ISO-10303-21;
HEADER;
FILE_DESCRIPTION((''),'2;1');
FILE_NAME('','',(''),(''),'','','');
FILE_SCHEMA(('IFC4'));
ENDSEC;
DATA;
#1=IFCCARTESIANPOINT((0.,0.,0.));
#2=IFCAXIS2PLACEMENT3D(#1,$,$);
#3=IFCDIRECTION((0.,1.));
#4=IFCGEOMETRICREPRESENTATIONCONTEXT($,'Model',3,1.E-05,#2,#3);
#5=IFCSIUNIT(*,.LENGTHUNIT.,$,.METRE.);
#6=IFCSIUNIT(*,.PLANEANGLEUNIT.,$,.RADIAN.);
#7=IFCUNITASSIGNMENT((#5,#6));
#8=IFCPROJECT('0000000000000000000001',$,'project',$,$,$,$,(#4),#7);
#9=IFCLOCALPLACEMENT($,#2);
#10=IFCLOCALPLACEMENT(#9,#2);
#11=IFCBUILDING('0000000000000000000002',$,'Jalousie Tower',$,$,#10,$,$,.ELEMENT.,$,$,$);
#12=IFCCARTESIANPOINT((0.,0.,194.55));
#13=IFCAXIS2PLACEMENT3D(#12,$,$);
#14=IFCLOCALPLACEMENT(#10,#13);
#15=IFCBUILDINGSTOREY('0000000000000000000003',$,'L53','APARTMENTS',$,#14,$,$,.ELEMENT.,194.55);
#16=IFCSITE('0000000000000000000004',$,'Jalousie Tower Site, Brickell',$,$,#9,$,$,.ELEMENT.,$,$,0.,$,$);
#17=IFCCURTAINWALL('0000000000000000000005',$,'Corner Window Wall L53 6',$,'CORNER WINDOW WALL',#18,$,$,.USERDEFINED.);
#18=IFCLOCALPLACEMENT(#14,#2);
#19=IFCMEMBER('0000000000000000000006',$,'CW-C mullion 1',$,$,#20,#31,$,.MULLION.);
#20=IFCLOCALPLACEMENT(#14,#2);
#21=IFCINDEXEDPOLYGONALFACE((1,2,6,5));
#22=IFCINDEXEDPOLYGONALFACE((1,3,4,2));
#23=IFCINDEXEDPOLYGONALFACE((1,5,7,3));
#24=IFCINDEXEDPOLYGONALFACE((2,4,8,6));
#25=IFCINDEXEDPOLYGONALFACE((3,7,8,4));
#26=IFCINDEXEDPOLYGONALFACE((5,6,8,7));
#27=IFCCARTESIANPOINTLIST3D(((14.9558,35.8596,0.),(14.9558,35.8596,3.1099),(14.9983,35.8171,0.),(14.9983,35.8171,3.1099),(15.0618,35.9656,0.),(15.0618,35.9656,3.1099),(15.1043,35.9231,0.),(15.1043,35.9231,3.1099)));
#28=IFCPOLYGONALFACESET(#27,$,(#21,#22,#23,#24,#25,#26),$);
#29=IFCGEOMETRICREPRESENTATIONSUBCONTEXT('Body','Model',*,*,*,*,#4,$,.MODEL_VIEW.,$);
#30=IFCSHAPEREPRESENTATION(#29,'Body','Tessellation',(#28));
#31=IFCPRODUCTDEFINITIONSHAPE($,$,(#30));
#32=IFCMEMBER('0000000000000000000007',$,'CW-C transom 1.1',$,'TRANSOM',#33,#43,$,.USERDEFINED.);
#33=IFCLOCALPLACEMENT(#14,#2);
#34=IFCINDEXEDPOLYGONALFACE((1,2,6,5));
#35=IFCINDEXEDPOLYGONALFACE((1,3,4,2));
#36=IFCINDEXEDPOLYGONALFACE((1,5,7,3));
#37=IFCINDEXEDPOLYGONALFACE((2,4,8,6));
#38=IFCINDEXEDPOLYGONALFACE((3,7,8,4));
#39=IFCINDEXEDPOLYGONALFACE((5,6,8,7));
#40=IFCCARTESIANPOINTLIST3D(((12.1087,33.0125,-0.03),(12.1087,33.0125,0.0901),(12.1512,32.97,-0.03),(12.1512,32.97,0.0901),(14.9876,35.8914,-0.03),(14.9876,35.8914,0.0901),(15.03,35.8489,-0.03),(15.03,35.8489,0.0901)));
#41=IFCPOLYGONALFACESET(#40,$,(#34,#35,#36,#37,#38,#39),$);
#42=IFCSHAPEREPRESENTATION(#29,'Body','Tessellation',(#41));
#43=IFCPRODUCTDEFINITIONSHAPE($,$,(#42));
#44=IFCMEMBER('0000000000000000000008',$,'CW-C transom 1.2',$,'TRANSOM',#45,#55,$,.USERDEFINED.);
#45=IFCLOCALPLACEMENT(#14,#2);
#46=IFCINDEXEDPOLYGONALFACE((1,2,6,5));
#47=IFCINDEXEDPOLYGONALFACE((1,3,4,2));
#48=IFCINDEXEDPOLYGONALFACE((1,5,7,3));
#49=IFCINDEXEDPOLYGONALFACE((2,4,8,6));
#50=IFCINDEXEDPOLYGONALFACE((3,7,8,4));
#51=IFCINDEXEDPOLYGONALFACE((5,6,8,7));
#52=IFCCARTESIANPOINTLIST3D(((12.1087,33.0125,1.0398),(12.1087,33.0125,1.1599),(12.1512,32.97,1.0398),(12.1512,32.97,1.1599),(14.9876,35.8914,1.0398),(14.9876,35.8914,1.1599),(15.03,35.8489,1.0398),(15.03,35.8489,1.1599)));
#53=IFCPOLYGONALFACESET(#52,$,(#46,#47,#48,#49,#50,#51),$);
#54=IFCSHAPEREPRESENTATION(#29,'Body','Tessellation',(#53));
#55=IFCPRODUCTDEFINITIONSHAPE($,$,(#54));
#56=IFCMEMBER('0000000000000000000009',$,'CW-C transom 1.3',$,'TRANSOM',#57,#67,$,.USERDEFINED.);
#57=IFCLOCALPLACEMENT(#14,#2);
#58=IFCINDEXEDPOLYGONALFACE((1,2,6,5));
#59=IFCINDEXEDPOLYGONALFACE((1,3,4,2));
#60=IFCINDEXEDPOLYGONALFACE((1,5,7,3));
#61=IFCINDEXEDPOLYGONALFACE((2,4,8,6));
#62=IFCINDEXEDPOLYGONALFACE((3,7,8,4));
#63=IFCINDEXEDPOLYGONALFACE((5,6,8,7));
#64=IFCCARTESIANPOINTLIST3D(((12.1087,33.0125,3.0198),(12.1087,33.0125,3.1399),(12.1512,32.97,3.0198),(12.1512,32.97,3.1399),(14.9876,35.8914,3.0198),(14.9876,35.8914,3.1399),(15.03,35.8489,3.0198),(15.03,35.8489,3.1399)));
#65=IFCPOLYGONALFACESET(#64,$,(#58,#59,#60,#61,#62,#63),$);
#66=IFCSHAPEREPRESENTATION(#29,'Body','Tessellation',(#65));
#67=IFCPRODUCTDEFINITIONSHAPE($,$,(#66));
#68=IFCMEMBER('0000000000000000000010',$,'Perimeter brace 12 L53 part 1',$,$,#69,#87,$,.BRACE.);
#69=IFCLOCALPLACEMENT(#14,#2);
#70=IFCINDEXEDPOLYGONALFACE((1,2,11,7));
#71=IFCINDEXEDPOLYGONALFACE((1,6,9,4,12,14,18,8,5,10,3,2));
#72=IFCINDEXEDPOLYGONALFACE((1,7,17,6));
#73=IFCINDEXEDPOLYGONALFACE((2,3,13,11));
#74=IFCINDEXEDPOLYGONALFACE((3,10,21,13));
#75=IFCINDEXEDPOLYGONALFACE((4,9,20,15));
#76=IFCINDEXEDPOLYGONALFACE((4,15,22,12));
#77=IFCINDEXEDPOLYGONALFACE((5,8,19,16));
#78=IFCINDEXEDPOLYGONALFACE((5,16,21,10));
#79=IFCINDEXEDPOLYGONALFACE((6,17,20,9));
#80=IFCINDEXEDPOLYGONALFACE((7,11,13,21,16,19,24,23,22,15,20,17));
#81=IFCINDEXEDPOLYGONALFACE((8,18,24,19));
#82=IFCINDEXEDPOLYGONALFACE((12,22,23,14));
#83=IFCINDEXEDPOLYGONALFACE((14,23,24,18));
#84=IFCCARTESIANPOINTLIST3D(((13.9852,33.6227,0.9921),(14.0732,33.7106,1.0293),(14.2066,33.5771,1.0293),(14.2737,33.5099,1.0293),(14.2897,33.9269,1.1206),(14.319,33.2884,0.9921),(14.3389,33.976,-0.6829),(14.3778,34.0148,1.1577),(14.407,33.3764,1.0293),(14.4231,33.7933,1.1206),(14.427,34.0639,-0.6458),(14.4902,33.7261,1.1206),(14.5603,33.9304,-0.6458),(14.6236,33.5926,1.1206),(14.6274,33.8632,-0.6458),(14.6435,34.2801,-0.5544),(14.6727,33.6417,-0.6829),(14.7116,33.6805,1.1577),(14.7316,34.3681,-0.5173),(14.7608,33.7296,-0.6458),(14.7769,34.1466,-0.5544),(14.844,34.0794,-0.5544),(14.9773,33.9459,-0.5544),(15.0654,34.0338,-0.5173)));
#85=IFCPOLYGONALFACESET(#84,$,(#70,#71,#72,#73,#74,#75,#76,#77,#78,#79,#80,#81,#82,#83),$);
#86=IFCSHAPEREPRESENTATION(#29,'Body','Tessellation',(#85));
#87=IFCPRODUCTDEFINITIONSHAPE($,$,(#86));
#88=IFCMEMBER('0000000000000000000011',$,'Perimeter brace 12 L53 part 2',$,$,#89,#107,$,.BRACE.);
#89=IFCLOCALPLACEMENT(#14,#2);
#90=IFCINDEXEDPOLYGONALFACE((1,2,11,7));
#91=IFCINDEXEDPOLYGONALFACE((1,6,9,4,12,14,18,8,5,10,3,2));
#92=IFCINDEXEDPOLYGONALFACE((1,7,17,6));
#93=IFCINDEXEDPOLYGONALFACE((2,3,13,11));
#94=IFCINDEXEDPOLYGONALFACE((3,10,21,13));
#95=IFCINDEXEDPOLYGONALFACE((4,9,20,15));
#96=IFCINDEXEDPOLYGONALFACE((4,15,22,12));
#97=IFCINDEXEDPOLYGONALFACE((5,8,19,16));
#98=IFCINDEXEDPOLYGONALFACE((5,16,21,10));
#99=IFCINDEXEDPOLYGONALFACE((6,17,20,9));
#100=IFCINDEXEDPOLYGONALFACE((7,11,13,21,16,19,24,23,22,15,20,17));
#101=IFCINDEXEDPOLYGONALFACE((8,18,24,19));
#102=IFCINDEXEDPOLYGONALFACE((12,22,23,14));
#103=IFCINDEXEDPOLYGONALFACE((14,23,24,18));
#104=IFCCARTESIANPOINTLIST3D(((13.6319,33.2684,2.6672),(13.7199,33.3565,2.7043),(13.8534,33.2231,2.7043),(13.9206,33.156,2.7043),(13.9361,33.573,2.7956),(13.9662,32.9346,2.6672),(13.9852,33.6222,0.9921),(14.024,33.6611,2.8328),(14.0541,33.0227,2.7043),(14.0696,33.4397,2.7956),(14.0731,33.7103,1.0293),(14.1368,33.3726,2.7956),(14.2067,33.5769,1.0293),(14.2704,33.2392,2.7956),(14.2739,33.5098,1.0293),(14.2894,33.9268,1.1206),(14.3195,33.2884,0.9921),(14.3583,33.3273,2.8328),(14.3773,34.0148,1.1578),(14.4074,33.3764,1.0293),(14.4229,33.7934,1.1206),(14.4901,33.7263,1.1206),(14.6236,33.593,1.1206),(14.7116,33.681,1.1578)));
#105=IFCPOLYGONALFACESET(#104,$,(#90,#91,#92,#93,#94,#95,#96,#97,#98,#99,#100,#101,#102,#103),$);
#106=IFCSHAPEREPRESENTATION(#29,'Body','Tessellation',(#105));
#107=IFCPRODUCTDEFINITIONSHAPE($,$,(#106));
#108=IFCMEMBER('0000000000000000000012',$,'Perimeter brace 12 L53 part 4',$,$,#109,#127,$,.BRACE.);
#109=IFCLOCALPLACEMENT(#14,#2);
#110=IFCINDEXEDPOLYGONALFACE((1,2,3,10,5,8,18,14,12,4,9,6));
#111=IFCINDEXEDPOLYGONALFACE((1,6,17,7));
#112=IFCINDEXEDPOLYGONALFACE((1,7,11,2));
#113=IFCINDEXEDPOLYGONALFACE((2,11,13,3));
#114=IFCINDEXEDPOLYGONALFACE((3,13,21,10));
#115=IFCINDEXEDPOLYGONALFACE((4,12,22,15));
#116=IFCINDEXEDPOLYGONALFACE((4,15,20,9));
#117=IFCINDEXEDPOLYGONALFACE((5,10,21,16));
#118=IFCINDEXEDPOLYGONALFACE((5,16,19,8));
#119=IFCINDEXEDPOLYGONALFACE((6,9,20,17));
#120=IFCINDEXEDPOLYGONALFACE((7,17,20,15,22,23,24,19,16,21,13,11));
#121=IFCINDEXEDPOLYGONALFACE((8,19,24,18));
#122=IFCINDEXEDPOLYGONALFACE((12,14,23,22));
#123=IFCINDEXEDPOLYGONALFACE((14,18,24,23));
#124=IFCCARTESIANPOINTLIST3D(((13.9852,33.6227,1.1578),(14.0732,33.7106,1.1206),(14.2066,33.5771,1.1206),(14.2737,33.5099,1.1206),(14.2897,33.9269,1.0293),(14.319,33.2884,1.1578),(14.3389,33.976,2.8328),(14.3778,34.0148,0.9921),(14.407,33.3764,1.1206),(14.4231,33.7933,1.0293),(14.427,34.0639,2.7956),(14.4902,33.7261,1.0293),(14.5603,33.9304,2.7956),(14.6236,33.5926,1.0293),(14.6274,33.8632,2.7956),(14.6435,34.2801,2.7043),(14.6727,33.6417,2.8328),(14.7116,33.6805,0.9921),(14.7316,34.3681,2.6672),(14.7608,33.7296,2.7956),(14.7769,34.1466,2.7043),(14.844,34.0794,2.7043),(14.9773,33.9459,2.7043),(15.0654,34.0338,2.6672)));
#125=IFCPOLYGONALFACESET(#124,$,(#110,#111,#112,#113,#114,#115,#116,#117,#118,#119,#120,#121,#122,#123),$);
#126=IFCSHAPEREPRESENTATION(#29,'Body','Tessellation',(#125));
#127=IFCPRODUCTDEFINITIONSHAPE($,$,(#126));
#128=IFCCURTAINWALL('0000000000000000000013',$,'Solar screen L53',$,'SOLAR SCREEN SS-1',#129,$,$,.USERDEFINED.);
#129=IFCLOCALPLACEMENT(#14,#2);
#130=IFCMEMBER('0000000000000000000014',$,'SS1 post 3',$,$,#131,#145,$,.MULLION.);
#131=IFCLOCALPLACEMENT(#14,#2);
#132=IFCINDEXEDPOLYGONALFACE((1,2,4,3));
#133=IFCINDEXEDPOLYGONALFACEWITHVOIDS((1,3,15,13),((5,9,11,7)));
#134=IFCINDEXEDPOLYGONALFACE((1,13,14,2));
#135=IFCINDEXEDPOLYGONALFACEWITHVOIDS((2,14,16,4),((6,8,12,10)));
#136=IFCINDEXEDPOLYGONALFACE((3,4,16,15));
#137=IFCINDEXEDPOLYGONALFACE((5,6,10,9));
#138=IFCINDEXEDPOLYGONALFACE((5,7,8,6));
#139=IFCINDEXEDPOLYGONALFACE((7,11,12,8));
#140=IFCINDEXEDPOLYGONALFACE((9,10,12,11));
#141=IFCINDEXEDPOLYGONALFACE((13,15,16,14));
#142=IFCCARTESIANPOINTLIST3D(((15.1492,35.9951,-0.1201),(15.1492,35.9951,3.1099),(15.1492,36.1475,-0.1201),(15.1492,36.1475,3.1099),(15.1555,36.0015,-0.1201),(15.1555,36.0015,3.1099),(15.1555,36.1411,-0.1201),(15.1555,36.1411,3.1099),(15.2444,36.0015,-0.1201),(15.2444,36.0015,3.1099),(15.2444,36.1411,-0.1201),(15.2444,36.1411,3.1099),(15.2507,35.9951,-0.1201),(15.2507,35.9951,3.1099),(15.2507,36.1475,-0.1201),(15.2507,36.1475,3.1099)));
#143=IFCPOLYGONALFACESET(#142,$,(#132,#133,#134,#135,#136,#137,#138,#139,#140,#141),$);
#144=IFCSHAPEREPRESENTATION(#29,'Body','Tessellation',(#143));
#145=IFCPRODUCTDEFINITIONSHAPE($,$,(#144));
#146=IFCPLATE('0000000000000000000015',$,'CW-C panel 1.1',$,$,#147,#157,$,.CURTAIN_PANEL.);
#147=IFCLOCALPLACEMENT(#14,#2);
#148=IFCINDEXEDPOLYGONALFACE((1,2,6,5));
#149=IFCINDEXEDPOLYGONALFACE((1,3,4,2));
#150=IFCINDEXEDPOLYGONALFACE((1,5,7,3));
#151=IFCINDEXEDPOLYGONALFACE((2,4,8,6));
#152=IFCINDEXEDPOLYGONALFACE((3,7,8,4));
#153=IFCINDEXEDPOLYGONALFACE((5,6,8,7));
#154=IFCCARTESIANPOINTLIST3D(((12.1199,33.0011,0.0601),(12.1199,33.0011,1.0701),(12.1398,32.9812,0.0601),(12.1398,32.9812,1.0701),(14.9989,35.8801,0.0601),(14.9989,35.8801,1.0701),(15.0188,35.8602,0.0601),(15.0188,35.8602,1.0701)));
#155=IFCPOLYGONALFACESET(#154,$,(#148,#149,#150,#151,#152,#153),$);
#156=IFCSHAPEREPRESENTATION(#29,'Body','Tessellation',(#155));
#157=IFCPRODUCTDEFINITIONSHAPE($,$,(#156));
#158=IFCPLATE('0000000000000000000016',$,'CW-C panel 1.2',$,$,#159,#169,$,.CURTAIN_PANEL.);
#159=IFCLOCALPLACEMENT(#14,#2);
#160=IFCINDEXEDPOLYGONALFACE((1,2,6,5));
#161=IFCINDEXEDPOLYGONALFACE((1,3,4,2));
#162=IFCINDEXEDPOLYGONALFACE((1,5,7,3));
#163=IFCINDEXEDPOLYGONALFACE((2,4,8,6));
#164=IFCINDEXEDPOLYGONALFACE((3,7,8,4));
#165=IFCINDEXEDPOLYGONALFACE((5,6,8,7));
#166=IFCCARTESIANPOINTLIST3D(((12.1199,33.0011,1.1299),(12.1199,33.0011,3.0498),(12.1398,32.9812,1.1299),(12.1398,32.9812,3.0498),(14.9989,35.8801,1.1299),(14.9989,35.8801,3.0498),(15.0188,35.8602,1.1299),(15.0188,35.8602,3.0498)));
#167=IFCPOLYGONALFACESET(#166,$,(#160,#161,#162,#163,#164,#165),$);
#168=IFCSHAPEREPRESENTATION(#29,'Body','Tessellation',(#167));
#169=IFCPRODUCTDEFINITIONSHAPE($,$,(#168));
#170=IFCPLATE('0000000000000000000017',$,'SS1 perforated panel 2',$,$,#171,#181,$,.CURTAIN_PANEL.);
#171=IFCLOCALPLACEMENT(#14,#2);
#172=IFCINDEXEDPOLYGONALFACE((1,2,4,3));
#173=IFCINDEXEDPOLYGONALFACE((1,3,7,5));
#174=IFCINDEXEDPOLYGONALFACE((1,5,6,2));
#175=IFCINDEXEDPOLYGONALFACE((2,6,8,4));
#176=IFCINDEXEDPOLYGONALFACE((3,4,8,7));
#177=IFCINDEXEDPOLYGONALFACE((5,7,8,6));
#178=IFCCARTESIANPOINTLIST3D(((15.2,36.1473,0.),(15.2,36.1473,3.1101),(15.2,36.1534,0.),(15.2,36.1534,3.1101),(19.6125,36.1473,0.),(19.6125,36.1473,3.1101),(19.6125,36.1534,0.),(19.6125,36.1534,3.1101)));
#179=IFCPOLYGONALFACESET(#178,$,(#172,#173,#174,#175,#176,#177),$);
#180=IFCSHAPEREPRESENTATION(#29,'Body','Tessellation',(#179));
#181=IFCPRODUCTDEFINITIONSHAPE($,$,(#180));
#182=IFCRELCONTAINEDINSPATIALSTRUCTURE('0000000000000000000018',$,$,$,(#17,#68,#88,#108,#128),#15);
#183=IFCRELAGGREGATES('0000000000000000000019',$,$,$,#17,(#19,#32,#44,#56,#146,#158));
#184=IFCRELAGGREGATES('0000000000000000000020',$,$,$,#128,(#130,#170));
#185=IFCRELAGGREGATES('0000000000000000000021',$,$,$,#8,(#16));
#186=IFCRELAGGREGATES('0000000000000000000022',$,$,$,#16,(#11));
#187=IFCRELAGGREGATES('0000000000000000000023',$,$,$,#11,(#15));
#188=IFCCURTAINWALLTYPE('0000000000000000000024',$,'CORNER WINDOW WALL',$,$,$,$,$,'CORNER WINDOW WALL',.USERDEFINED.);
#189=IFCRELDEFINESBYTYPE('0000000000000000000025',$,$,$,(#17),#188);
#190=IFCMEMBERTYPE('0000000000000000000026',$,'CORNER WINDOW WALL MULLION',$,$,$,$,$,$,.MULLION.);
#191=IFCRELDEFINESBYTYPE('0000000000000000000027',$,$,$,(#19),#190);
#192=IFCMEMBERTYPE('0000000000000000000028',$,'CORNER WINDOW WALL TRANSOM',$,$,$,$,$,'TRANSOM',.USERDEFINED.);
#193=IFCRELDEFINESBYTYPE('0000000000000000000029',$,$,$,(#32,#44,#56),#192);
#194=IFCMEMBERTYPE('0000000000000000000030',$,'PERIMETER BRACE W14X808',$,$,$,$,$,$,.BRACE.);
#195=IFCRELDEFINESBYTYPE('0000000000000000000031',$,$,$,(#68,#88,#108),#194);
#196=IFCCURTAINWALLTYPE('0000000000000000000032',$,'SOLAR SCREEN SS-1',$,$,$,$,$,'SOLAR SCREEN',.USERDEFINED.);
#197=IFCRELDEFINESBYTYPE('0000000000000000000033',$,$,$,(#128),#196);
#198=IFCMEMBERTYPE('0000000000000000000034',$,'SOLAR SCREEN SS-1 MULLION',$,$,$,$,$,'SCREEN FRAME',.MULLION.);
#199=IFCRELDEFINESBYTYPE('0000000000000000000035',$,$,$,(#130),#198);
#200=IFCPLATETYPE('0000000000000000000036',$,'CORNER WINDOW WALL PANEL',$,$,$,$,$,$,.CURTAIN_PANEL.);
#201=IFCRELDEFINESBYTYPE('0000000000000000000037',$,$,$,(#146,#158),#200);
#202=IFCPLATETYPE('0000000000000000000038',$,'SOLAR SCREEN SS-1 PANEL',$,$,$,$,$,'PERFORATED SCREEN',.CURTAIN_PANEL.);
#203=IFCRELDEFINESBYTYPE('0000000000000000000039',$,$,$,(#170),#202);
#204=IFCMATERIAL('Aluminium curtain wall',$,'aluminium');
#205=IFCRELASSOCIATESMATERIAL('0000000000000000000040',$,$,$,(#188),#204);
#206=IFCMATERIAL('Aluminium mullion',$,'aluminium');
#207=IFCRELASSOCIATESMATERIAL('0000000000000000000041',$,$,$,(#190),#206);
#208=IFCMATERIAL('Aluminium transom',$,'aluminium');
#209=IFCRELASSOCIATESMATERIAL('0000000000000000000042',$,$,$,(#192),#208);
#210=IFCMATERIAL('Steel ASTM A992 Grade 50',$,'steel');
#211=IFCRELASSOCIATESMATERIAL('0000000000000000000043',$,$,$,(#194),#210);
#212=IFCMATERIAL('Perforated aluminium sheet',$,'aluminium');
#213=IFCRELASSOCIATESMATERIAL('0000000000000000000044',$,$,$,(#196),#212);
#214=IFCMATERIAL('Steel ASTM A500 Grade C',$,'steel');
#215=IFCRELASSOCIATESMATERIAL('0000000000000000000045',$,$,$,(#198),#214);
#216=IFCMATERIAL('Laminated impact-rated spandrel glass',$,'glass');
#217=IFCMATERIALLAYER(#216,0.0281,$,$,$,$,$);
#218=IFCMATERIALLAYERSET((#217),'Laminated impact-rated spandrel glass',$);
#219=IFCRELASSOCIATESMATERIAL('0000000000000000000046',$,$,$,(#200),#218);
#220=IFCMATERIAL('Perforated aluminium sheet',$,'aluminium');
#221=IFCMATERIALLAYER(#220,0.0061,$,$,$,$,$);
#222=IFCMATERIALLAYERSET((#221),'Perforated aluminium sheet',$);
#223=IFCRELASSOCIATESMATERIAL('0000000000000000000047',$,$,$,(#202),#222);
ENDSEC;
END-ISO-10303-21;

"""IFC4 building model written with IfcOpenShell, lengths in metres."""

from ifc_helpers import new_model, si_unit, direction, frame, origin, origin_2d, place, context, subcontext, project, spatial, rectangle, hollow_rectangle, i_section, extrude, material, layer, layer_set, material_profile, profile_set, type_object, element, aggregate, save


model = new_model("IFC4")

# Units and contexts
model_context = context("Model", 3, precision=1e-05, world=origin(), true_north=direction((0.0, 1.0)))
body_context = subcontext(model_context, "Body", "Model", "MODEL_VIEW")
ifc_project = project(units=[si_unit("LENGTHUNIT", "METRE"), si_unit("PLANEANGLEUNIT", "RADIAN")], contexts=[model_context])

# Site, building, storey
site_placement = place(None, origin())
site = spatial("IfcSite", under=ifc_project, at=site_placement, Name="Jalousie Tower Site, Brickell", CompositionType="ELEMENT", RefElevation=0.0)
building_placement = place(site_placement, origin())
building = spatial("IfcBuilding", under=site, at=building_placement, Name="Jalousie Tower", CompositionType="ELEMENT")
storey_placement = place(building_placement, frame((0.0, 0.0, 194.55)))
storey = spatial("IfcBuildingStorey", under=building, at=storey_placement, Name="L53", Description="APARTMENTS", CompositionType="ELEMENT", Elevation=194.55)

# Curtain wall, members
ifc_material_1 = material(Name="Aluminium curtain wall", Category="aluminium")
curtain_wall_type_1 = type_object("IfcCurtainWallType", Name="CORNER WINDOW WALL", ElementType="CORNER WINDOW WALL", PredefinedType="USERDEFINED", material=ifc_material_1)
curtain_wall_1_placement = place(storey_placement, origin())
curtain_wall_1 = element("IfcCurtainWall", 1, at=curtain_wall_1_placement, inside=storey, type_object=curtain_wall_type_1, Name="Corner Window Wall L53 6", ObjectType="CORNER WINDOW WALL", PredefinedType="USERDEFINED")
ifc_material_2 = material(Name="Aluminium mullion", Category="aluminium")
ifc_material_profile_1 = material_profile(ifc_material_2, rectangle(XDim=0.0601, YDim=0.1499, at=origin_2d()), Name="MULLION 60x150")
ifc_profile_set_1 = profile_set([ifc_material_profile_1], Name="Aluminium mullion")
member_type_1 = type_object("IfcMemberType", Name="CORNER WINDOW WALL MULLION", PredefinedType="MULLION", material=ifc_profile_set_1)
member_1_placement = place(storey_placement, frame((15.03, 35.8914, 0.0), z_axis=(0.0, 0.0, 1.0), x_axis=(0.707107, -0.707107, 0.0)))
member_1 = element("IfcMember", 2, at=member_1_placement, type_object=member_type_1, Name="CW-C mullion 1", PredefinedType="MULLION", context=body_context, shape_type="SweptSolid", body=[
    extrude(rectangle(XDim=0.0601, YDim=0.1499, at=origin_2d()), origin(), (0.0, 0.0, 1.0), 3.1099),
])
ifc_material_3 = material(Name="Aluminium transom", Category="aluminium")
ifc_material_profile_2 = material_profile(ifc_material_3, rectangle(XDim=0.0601, YDim=0.1201, at=origin_2d()), Name="TRANSOM 60x120")
ifc_profile_set_2 = profile_set([ifc_material_profile_2], Name="Aluminium transom")
member_type_2 = type_object("IfcMemberType", Name="CORNER WINDOW WALL TRANSOM", ElementType="TRANSOM", PredefinedType="USERDEFINED", material=ifc_profile_set_2)
member_2_placement = place(storey_placement, frame((15.0088, 35.8701, 0.03), z_axis=(-0.707107, -0.707107, 0.0), x_axis=(0.707107, -0.707107, 0.0)))
member_2 = element("IfcMember", 3, at=member_2_placement, type_object=member_type_2, Name="CW-C transom 1.1", ObjectType="TRANSOM", PredefinedType="USERDEFINED", context=body_context, shape_type="SweptSolid", body=[
    extrude(rectangle(XDim=0.0601, YDim=0.1201, at=origin_2d()), origin(), (0.0, 0.0, 1.0), 4.0713),
])
member_3_placement = place(storey_placement, frame((15.0088, 35.8701, 1.0999), z_axis=(-0.707107, -0.707107, 0.0), x_axis=(0.707107, -0.707107, 0.0)))
member_3 = element("IfcMember", 4, at=member_3_placement, type_object=member_type_2, Name="CW-C transom 1.2", ObjectType="TRANSOM", PredefinedType="USERDEFINED", context=body_context, shape_type="SweptSolid", body=[
    extrude(rectangle(XDim=0.0601, YDim=0.1201, at=origin_2d()), origin(), (0.0, 0.0, 1.0), 4.0713),
])
member_4_placement = place(storey_placement, frame((15.0088, 35.8701, 3.0798), z_axis=(-0.707107, -0.707107, 0.0), x_axis=(0.707107, -0.707107, 0.0)))
member_4 = element("IfcMember", 5, at=member_4_placement, type_object=member_type_2, Name="CW-C transom 1.3", ObjectType="TRANSOM", PredefinedType="USERDEFINED", context=body_context, shape_type="SweptSolid", body=[
    extrude(rectangle(XDim=0.0601, YDim=0.1201, at=origin_2d()), origin(), (0.0, 0.0, 1.0), 4.0713),
])

# Members
ifc_material_4 = material(Name="Steel ASTM A992 Grade 50", Category="steel")
ifc_material_profile_3 = material_profile(ifc_material_4, i_section(OverallWidth=0.4724, OverallDepth=0.5791, WebThickness=0.095, FlangeThickness=0.1299, at=origin_2d()), Name="W14X808")
ifc_profile_set_3 = profile_set([ifc_material_profile_3], Name="Steel ASTM A992 Grade 50")
member_type_3 = type_object("IfcMemberType", Name="PERIMETER BRACE W14X808", PredefinedType="BRACE", material=ifc_profile_set_3)
for number, where, z_axis, x_axis, name in (
    (6, (14.7021, 34.0049, -0.6001), (-0.202372, -0.202093, 0.95823), (0.706618, -0.707595, 0.0), "Perimeter brace 12 L53 part 1"),
    (7, (14.3484, 33.6516, 1.075), (-0.202093, -0.202372, 0.95823), (0.707595, -0.706618, 0.0), "Perimeter brace 12 L53 part 2"),
    (8, (14.3484, 33.6516, 1.075), (0.202372, 0.202093, 0.95823), (-0.706618, 0.707595, 0.0), "Perimeter brace 12 L53 part 4"),
):
    element("IfcMember", number, at=place(storey_placement, frame(where, z_axis=z_axis, x_axis=x_axis)), inside=storey, type_object=member_type_3, Name=name, PredefinedType="BRACE", context=body_context, shape_type="SweptSolid", body=[
        extrude(i_section(OverallWidth=0.4724, OverallDepth=0.5791, WebThickness=0.095, FlangeThickness=0.1299, at=origin_2d()), origin(), (0.0, 0.0, 1.0), 1.748),
    ])

# Curtain wall, member
ifc_material_5 = material(Name="Perforated aluminium sheet", Category="aluminium")
curtain_wall_type_2 = type_object("IfcCurtainWallType", Name="SOLAR SCREEN SS-1", ElementType="SOLAR SCREEN", PredefinedType="USERDEFINED", material=ifc_material_5)
curtain_wall_2_placement = place(storey_placement, origin())
curtain_wall_2 = element("IfcCurtainWall", 9, at=curtain_wall_2_placement, inside=storey, type_object=curtain_wall_type_2, Name="Solar screen L53", ObjectType="SOLAR SCREEN SS-1", PredefinedType="USERDEFINED")
ifc_material_6 = material(Name="Steel ASTM A500 Grade C", Category="steel")
ifc_material_profile_4 = material_profile(ifc_material_6, hollow_rectangle(XDim=0.1016, YDim=0.1523, WallThickness=0.0063, at=origin_2d()), Name="HSS6X4X1/4")
ifc_profile_set_4 = profile_set([ifc_material_profile_4], Name="Steel ASTM A500 Grade C")
member_type_4 = type_object("IfcMemberType", Name="SOLAR SCREEN SS-1 MULLION", ElementType="SCREEN FRAME", PredefinedType="MULLION", material=ifc_profile_set_4)
member_5_placement = place(storey_placement, frame((15.2, 36.0713, -0.1201), z_axis=(0.0, 0.0, 1.0), x_axis=(-1.0, 0.0, 0.0)))
member_5 = element("IfcMember", 10, at=member_5_placement, type_object=member_type_4, Name="SS1 post 3", PredefinedType="MULLION", context=body_context, shape_type="SweptSolid", body=[
    extrude(hollow_rectangle(XDim=0.1016, YDim=0.1523, WallThickness=0.0063, at=origin_2d()), origin(), (0.0, 0.0, 1.0), 3.23),
])

# Plates
ifc_material_7 = material(Name="Laminated impact-rated spandrel glass", Category="glass")
ifc_layer_1 = layer(ifc_material_7, 0.0281)
ifc_layer_set_1 = layer_set([ifc_layer_1], Name="Laminated impact-rated spandrel glass")
plate_type_1 = type_object("IfcPlateType", Name="CORNER WINDOW WALL PANEL", PredefinedType="CURTAIN_PANEL", material=ifc_layer_set_1)
plate_1_placement = place(storey_placement, frame((13.5693, 34.4307, 0.0601), z_axis=(0.0, 0.0, 1.0), x_axis=(-0.707107, -0.707107, 0.0)))
plate_1 = element("IfcPlate", 11, at=plate_1_placement, type_object=plate_type_1, Name="CW-C panel 1.1", PredefinedType="CURTAIN_PANEL", context=body_context, shape_type="SweptSolid", body=[
    extrude(rectangle(XDim=4.0715, YDim=0.0281, at=origin_2d()), origin(), (0.0, 0.0, 1.0), 1.01),
])
plate_2_placement = place(storey_placement, frame((13.5693, 34.4307, 1.1299), z_axis=(0.0, 0.0, 1.0), x_axis=(-0.707107, -0.707107, 0.0)))
plate_2 = element("IfcPlate", 12, at=plate_2_placement, type_object=plate_type_1, Name="CW-C panel 1.2", PredefinedType="CURTAIN_PANEL", context=body_context, shape_type="SweptSolid", body=[
    extrude(rectangle(XDim=4.0715, YDim=0.0281, at=origin_2d()), origin(), (0.0, 0.0, 1.0), 1.9199),
])
aggregate(curtain_wall_1, [member_1, member_2, member_3, member_4, plate_1, plate_2])
ifc_material_8 = material(Name="Perforated aluminium sheet", Category="aluminium")
ifc_layer_2 = layer(ifc_material_8, 0.0061)
ifc_layer_set_2 = layer_set([ifc_layer_2], Name="Perforated aluminium sheet")
plate_type_2 = type_object("IfcPlateType", Name="SOLAR SCREEN SS-1 PANEL", ElementType="PERFORATED SCREEN", PredefinedType="CURTAIN_PANEL", material=ifc_layer_set_2)
plate_3_placement = place(storey_placement, frame((17.4062, 36.1504, 0.0), z_axis=(0.0, 0.0, 1.0), x_axis=(-1.0, 0.0, 0.0)))
plate_3 = element("IfcPlate", 13, at=plate_3_placement, type_object=plate_type_2, Name="SS1 perforated panel 2", PredefinedType="CURTAIN_PANEL", context=body_context, shape_type="SweptSolid", body=[
    extrude(rectangle(XDim=4.4126, YDim=0.0061, at=origin_2d()), origin(), (0.0, 0.0, 1.0), 3.1101),
])
aggregate(curtain_wall_2, [member_5, plate_3])

save(model, "model.ifc")
